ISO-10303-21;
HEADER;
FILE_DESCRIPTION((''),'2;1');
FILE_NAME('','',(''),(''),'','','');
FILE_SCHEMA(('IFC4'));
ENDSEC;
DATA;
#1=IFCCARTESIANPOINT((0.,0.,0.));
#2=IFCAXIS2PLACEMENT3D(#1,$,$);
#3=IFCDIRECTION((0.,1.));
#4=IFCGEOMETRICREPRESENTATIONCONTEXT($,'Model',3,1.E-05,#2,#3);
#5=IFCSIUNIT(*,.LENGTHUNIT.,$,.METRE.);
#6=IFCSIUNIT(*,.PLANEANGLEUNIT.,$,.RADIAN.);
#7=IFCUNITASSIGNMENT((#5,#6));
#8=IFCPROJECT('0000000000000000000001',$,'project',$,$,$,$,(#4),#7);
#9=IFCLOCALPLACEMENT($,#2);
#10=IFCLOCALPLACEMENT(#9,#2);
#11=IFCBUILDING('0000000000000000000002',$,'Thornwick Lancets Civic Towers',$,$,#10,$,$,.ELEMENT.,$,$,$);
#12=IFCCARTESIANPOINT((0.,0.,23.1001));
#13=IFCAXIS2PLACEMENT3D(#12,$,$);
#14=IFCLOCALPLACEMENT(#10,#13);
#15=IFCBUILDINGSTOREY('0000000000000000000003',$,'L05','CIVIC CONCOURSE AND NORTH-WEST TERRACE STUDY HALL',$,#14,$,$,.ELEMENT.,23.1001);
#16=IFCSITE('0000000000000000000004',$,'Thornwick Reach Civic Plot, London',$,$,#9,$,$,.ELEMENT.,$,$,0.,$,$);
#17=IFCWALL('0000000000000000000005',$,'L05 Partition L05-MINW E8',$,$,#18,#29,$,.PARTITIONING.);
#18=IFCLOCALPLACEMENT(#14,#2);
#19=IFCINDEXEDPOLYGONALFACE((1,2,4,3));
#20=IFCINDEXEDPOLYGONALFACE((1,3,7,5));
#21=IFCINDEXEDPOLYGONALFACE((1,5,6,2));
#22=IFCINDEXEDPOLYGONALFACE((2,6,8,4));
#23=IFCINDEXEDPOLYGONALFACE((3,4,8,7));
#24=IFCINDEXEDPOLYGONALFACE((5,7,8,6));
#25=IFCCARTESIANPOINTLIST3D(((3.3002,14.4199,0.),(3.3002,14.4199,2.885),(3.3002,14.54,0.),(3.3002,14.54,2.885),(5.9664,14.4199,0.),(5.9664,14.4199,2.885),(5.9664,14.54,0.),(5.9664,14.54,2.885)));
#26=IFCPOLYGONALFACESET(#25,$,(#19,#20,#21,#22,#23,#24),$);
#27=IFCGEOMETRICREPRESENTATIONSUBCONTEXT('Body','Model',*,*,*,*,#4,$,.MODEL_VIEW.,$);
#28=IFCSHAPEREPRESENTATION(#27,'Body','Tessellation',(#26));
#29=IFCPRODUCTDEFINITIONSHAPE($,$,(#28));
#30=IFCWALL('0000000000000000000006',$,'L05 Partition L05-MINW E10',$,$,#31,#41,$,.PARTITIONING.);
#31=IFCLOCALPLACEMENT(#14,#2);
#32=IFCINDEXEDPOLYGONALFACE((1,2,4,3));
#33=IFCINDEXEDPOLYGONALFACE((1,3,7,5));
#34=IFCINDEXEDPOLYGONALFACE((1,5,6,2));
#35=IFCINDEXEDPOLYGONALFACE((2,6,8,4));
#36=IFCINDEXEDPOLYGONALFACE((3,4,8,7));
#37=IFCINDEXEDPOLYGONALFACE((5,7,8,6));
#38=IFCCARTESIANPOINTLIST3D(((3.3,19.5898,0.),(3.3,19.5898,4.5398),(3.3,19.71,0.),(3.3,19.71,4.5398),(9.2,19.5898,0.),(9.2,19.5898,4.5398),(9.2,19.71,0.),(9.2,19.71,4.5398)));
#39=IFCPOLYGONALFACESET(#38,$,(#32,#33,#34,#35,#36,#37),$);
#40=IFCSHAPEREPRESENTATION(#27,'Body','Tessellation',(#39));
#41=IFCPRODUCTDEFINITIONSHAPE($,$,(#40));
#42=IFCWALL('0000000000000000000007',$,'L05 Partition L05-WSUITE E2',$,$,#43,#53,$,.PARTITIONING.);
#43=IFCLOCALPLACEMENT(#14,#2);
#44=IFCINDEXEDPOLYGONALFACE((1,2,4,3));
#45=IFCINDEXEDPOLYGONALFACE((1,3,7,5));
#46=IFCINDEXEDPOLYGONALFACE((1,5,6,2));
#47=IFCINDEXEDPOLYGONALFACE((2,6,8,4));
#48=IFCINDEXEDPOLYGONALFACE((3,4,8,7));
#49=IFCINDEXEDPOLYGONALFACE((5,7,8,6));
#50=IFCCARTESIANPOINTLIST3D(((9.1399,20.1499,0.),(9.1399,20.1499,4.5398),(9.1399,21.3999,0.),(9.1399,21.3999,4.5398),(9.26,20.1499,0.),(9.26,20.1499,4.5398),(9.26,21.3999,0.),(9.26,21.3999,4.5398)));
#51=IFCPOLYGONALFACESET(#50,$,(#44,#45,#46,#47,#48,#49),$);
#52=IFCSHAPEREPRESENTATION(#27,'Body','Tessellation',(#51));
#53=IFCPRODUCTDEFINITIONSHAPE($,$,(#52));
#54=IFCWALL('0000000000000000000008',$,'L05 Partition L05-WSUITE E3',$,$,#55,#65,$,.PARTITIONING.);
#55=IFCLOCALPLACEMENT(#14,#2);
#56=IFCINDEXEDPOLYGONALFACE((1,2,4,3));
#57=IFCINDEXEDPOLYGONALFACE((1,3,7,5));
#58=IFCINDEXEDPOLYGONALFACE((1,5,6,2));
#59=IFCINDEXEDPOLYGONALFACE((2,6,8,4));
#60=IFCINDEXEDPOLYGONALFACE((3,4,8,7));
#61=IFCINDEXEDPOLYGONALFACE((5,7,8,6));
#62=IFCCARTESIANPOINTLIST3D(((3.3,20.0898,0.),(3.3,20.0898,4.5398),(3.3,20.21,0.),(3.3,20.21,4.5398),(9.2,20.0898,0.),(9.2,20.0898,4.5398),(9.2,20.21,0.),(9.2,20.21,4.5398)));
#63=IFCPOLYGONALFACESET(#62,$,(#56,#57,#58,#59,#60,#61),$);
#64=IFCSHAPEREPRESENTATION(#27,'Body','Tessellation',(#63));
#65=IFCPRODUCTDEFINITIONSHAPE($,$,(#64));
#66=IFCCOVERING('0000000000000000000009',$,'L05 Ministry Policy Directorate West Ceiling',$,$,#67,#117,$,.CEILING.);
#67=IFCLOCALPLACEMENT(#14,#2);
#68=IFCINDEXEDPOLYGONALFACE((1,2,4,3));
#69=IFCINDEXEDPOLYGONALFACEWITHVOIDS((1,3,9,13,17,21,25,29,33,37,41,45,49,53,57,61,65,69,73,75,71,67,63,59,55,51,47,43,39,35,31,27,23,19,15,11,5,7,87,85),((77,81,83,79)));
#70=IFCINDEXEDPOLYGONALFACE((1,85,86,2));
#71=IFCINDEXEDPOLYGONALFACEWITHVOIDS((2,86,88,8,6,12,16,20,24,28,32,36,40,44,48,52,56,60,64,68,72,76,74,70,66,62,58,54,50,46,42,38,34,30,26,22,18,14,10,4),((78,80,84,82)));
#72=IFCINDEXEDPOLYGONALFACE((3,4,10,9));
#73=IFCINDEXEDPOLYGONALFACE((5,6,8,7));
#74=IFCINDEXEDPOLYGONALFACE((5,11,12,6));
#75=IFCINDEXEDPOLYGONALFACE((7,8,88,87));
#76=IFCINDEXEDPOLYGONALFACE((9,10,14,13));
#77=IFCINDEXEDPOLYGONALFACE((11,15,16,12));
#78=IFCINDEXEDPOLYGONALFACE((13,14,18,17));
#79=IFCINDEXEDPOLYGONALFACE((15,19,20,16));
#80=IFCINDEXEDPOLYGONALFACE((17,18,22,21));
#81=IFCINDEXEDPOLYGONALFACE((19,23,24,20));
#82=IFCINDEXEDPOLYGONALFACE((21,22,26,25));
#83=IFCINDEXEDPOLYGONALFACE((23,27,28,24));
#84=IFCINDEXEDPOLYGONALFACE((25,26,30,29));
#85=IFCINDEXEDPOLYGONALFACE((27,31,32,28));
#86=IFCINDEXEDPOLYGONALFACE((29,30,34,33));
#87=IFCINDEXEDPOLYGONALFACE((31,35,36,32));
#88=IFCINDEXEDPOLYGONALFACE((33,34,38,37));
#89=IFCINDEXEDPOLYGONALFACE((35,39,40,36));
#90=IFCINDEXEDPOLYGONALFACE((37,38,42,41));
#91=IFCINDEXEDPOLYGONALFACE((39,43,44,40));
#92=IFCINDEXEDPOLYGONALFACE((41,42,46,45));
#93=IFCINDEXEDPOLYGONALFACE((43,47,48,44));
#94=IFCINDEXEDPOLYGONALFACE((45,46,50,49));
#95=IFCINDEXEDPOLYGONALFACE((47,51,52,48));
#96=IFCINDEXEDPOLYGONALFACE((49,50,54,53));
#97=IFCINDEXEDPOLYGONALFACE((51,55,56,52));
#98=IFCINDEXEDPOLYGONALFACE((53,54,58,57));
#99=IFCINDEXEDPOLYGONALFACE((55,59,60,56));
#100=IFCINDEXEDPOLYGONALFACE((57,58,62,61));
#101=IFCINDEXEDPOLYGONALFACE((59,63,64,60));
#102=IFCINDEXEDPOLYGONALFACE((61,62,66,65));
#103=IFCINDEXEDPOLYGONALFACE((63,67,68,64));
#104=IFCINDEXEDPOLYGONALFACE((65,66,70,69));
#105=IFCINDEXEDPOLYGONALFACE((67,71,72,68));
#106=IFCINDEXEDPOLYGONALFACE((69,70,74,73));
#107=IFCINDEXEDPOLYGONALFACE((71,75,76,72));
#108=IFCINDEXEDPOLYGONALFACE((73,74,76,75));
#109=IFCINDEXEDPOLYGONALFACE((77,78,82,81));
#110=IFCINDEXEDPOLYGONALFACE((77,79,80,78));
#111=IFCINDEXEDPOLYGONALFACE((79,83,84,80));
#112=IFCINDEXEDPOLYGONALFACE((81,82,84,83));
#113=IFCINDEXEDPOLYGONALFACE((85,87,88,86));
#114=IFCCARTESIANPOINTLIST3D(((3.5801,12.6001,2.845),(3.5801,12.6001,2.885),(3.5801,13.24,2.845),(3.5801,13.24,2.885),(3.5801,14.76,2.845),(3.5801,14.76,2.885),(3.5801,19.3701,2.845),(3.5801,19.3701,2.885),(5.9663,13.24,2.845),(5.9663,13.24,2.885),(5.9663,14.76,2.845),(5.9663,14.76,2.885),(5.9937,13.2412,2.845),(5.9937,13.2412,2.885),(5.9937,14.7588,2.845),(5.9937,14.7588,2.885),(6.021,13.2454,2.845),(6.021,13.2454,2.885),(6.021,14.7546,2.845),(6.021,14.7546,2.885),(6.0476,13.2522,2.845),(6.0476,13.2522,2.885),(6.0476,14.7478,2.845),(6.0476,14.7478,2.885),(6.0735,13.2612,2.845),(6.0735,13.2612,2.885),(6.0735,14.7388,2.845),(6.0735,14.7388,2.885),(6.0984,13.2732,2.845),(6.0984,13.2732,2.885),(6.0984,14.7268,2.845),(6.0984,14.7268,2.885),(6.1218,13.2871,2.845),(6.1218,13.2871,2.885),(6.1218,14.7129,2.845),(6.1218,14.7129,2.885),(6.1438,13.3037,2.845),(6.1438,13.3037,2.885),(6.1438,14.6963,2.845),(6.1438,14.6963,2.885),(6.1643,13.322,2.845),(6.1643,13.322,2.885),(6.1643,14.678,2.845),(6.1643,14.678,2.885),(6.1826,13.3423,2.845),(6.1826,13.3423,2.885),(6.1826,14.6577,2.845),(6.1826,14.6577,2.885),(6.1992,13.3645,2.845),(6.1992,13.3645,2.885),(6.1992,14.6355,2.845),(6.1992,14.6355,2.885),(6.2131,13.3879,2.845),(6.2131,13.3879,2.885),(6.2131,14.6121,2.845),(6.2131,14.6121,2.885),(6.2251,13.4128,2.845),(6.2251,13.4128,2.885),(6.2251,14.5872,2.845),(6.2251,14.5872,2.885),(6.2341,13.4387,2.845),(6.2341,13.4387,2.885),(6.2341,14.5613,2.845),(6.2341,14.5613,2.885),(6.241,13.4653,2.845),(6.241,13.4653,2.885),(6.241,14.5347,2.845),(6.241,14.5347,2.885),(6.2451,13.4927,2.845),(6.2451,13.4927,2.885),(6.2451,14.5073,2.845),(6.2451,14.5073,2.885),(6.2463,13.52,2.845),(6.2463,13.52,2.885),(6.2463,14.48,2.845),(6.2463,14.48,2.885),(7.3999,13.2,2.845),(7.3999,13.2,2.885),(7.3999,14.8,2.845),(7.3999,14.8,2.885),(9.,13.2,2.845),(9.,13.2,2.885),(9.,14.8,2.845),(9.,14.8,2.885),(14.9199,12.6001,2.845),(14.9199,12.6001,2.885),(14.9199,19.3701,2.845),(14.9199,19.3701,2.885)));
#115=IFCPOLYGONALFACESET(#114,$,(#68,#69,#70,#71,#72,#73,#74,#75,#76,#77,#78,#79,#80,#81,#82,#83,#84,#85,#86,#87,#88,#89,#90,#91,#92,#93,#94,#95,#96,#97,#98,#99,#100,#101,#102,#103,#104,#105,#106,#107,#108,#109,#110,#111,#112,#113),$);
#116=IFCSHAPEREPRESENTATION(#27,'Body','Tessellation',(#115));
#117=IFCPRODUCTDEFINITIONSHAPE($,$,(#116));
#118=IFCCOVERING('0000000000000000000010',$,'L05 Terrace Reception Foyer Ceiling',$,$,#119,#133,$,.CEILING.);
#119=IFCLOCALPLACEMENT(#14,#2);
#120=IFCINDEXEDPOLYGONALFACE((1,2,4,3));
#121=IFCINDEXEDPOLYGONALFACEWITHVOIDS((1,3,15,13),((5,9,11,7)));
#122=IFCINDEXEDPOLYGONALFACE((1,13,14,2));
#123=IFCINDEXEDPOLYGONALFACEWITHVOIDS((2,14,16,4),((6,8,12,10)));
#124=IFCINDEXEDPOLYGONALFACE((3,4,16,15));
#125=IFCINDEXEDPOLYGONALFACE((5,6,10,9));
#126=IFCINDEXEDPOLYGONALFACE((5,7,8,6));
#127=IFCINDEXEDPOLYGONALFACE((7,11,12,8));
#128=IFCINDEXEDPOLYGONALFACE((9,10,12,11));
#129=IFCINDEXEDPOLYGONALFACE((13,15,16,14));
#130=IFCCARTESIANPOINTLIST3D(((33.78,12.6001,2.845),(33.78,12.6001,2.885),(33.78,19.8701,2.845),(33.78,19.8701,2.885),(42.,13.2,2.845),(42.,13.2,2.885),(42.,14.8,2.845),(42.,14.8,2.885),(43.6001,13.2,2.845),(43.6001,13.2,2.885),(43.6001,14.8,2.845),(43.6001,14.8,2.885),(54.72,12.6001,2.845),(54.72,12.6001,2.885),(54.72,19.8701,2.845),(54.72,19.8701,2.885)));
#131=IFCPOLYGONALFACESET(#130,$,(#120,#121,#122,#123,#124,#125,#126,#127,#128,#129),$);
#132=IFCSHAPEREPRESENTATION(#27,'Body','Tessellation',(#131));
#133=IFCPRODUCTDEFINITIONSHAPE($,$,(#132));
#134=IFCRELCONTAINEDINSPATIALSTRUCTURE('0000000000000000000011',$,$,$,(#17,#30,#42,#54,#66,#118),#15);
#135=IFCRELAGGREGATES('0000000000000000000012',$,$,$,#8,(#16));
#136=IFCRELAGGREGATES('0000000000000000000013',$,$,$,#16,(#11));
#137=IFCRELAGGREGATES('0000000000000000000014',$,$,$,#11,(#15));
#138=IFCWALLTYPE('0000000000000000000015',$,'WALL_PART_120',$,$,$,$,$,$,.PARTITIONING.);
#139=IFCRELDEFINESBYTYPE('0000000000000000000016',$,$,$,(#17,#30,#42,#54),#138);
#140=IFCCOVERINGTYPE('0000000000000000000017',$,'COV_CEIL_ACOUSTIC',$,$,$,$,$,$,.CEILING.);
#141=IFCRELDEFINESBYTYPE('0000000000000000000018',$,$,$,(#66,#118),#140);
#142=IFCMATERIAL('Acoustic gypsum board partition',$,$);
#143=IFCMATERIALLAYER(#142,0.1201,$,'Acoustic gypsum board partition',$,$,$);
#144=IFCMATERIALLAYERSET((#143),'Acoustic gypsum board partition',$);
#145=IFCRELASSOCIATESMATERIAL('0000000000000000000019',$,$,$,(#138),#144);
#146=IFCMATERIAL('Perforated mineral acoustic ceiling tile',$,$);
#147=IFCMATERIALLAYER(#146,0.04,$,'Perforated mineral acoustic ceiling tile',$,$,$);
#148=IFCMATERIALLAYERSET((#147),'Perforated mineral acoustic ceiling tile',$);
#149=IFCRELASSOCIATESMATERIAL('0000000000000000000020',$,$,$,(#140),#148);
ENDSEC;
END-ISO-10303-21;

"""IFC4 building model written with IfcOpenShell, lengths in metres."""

from ifc_helpers import new_model, si_unit, direction, frame, frame_2d, origin, place, context, subcontext, project, spatial, polyline, rectangle, outline, extrude, material, layer, layer_set, type_object, element, save


model = new_model("IFC4")

# Units and contexts
model_context = context("Model", 3, precision=1e-05, world=origin(), true_north=direction((0.0, 1.0)))
body_context = subcontext(model_context, "Body", "Model", "MODEL_VIEW")
ifc_project = project(units=[si_unit("LENGTHUNIT", "METRE"), si_unit("PLANEANGLEUNIT", "RADIAN")], contexts=[model_context])

# Site, building, storey
site_placement = place(None, origin())
site = spatial("IfcSite", under=ifc_project, at=site_placement, Name="Thornwick Reach Civic Plot, London", CompositionType="ELEMENT", RefElevation=0.0)
building_placement = place(site_placement, origin())
building = spatial("IfcBuilding", under=site, at=building_placement, Name="Thornwick Lancets Civic Towers", CompositionType="ELEMENT")
storey_placement = place(building_placement, frame((0.0, 0.0, 23.1001)))
storey = spatial("IfcBuildingStorey", under=building, at=storey_placement, Name="L05", Description="CIVIC CONCOURSE AND NORTH-WEST TERRACE STUDY HALL", CompositionType="ELEMENT", Elevation=23.1001)

# Shared definitions
ifc_material_1 = material(Name="Acoustic gypsum board partition")
ifc_layer_1 = layer(ifc_material_1, 0.1201, Name="Acoustic gypsum board partition")
ifc_layer_set_1 = layer_set([ifc_layer_1], Name="Acoustic gypsum board partition")
wall_type_1 = type_object("IfcWallType", Name="WALL_PART_120", PredefinedType="PARTITIONING", material=ifc_layer_set_1)

# Walls
for number, where, z_axis, x_axis, name in (
    (1, (5.9663, 14.48, 0.0), (0.0, 0.0, 1.0), (-1.0, 0.0, 0.0), "L05 Partition L05-MINW E8"),
):
    element("IfcWall", number, at=place(storey_placement, frame(where, z_axis=z_axis, x_axis=x_axis)), inside=storey, type_object=wall_type_1, Name=name, PredefinedType="PARTITIONING", context=body_context, shape_type="SweptSolid", body=[
        extrude(rectangle(XDim=2.6663, YDim=0.1201, at=frame_2d((1.333, 0.0))), origin(), (0.0, 0.0, 1.0), 2.885),
    ])
wall_1_placement = place(storey_placement, frame((3.3, 19.6499, 0.0), z_axis=(0.0, 0.0, 1.0), x_axis=(1.0, 0.0, 0.0)))
element("IfcWall", 2, at=wall_1_placement, inside=storey, type_object=wall_type_1, Name="L05 Partition L05-MINW E10", PredefinedType="PARTITIONING", context=body_context, shape_type="SweptSolid", body=[
    extrude(rectangle(XDim=5.8999, YDim=0.1201, at=frame_2d((2.95, 0.0))), origin(), (0.0, 0.0, 1.0), 4.5398),
])
wall_2_placement = place(storey_placement, frame((9.2, 21.3999, 0.0), z_axis=(0.0, 0.0, 1.0), x_axis=(0.0, -1.0, 0.0)))
element("IfcWall", 3, at=wall_2_placement, inside=storey, type_object=wall_type_1, Name="L05 Partition L05-WSUITE E2", PredefinedType="PARTITIONING", context=body_context, shape_type="SweptSolid", body=[
    extrude(rectangle(XDim=1.25, YDim=0.1201, at=frame_2d((0.625, 0.0))), origin(), (0.0, 0.0, 1.0), 4.5398),
])
wall_3_placement = place(storey_placement, frame((9.2, 20.1499, 0.0), z_axis=(0.0, 0.0, 1.0), x_axis=(-1.0, 0.0, 0.0)))
element("IfcWall", 4, at=wall_3_placement, inside=storey, type_object=wall_type_1, Name="L05 Partition L05-WSUITE E3", PredefinedType="PARTITIONING", context=body_context, shape_type="SweptSolid", body=[
    extrude(rectangle(XDim=5.8999, YDim=0.1201, at=frame_2d((2.95, 0.0))), origin(), (0.0, 0.0, 1.0), 4.5398),
])

# Coverings
ifc_material_2 = material(Name="Perforated mineral acoustic ceiling tile")
ifc_layer_2 = layer(ifc_material_2, 0.04, Name="Perforated mineral acoustic ceiling tile")
ifc_layer_set_2 = layer_set([ifc_layer_2], Name="Perforated mineral acoustic ceiling tile")
covering_type_1 = type_object("IfcCoveringType", Name="COV_CEIL_ACOUSTIC", PredefinedType="CEILING", material=ifc_layer_set_2)
covering_1_placement = place(storey_placement, frame((0.0, 0.0, 2.845)))
element("IfcCovering", 5, at=covering_1_placement, inside=storey, type_object=covering_type_1, Name="L05 Ministry Policy Directorate West Ceiling", PredefinedType="CEILING", context=body_context, shape_type="SweptSolid", body=[
    extrude(outline(polyline([(14.9199, 19.3701), (14.9199, 12.6001), (3.5801, 12.6001), (3.5801, 13.24), (5.9663, 13.24), (5.9937, 13.2412), (6.021, 13.2454), (6.0476, 13.2522), (6.0735, 13.2612), (6.0984, 13.2732), (6.1218, 13.2871), (6.1438, 13.3037), (6.1643, 13.322), (6.1826, 13.3423), (6.1992, 13.3645), (6.2131, 13.3879), (6.2251, 13.4128), (6.2341, 13.4387), (6.241, 13.4653), (6.2451, 13.4927), (6.2463, 13.52), (6.2463, 14.48), (6.2451, 14.5073), (6.241, 14.5347), (6.2341, 14.5613), (6.2251, 14.5872), (6.2131, 14.6121), (6.1992, 14.6355), (6.1826, 14.6577), (6.1643, 14.678), (6.1438, 14.6963), (6.1218, 14.7129), (6.0984, 14.7268), (6.0735, 14.7388), (6.0476, 14.7478), (6.021, 14.7546), (5.9937, 14.7588), (5.9663, 14.76), (3.5801, 14.76), (3.5801, 19.3701), (14.9199, 19.3701)]), holes=[polyline([(7.3999, 13.2), (9.0, 13.2), (9.0, 14.8), (7.3999, 14.8), (7.3999, 13.2)])]), origin(), (0.0, 0.0, 1.0), 0.04),
])
covering_2_placement = place(storey_placement, frame((0.0, 0.0, 2.845)))
element("IfcCovering", 6, at=covering_2_placement, inside=storey, type_object=covering_type_1, Name="L05 Terrace Reception Foyer Ceiling", PredefinedType="CEILING", context=body_context, shape_type="SweptSolid", body=[
    extrude(outline(polyline([(33.78, 19.8701), (54.72, 19.8701), (54.72, 12.6001), (33.78, 12.6001), (33.78, 19.8701)]), holes=[polyline([(42.0, 13.2), (43.6001, 13.2), (43.6001, 14.8), (42.0, 14.8), (42.0, 13.2)])]), origin(), (0.0, 0.0, 1.0), 0.04),
])

save(model, "model.ifc")
